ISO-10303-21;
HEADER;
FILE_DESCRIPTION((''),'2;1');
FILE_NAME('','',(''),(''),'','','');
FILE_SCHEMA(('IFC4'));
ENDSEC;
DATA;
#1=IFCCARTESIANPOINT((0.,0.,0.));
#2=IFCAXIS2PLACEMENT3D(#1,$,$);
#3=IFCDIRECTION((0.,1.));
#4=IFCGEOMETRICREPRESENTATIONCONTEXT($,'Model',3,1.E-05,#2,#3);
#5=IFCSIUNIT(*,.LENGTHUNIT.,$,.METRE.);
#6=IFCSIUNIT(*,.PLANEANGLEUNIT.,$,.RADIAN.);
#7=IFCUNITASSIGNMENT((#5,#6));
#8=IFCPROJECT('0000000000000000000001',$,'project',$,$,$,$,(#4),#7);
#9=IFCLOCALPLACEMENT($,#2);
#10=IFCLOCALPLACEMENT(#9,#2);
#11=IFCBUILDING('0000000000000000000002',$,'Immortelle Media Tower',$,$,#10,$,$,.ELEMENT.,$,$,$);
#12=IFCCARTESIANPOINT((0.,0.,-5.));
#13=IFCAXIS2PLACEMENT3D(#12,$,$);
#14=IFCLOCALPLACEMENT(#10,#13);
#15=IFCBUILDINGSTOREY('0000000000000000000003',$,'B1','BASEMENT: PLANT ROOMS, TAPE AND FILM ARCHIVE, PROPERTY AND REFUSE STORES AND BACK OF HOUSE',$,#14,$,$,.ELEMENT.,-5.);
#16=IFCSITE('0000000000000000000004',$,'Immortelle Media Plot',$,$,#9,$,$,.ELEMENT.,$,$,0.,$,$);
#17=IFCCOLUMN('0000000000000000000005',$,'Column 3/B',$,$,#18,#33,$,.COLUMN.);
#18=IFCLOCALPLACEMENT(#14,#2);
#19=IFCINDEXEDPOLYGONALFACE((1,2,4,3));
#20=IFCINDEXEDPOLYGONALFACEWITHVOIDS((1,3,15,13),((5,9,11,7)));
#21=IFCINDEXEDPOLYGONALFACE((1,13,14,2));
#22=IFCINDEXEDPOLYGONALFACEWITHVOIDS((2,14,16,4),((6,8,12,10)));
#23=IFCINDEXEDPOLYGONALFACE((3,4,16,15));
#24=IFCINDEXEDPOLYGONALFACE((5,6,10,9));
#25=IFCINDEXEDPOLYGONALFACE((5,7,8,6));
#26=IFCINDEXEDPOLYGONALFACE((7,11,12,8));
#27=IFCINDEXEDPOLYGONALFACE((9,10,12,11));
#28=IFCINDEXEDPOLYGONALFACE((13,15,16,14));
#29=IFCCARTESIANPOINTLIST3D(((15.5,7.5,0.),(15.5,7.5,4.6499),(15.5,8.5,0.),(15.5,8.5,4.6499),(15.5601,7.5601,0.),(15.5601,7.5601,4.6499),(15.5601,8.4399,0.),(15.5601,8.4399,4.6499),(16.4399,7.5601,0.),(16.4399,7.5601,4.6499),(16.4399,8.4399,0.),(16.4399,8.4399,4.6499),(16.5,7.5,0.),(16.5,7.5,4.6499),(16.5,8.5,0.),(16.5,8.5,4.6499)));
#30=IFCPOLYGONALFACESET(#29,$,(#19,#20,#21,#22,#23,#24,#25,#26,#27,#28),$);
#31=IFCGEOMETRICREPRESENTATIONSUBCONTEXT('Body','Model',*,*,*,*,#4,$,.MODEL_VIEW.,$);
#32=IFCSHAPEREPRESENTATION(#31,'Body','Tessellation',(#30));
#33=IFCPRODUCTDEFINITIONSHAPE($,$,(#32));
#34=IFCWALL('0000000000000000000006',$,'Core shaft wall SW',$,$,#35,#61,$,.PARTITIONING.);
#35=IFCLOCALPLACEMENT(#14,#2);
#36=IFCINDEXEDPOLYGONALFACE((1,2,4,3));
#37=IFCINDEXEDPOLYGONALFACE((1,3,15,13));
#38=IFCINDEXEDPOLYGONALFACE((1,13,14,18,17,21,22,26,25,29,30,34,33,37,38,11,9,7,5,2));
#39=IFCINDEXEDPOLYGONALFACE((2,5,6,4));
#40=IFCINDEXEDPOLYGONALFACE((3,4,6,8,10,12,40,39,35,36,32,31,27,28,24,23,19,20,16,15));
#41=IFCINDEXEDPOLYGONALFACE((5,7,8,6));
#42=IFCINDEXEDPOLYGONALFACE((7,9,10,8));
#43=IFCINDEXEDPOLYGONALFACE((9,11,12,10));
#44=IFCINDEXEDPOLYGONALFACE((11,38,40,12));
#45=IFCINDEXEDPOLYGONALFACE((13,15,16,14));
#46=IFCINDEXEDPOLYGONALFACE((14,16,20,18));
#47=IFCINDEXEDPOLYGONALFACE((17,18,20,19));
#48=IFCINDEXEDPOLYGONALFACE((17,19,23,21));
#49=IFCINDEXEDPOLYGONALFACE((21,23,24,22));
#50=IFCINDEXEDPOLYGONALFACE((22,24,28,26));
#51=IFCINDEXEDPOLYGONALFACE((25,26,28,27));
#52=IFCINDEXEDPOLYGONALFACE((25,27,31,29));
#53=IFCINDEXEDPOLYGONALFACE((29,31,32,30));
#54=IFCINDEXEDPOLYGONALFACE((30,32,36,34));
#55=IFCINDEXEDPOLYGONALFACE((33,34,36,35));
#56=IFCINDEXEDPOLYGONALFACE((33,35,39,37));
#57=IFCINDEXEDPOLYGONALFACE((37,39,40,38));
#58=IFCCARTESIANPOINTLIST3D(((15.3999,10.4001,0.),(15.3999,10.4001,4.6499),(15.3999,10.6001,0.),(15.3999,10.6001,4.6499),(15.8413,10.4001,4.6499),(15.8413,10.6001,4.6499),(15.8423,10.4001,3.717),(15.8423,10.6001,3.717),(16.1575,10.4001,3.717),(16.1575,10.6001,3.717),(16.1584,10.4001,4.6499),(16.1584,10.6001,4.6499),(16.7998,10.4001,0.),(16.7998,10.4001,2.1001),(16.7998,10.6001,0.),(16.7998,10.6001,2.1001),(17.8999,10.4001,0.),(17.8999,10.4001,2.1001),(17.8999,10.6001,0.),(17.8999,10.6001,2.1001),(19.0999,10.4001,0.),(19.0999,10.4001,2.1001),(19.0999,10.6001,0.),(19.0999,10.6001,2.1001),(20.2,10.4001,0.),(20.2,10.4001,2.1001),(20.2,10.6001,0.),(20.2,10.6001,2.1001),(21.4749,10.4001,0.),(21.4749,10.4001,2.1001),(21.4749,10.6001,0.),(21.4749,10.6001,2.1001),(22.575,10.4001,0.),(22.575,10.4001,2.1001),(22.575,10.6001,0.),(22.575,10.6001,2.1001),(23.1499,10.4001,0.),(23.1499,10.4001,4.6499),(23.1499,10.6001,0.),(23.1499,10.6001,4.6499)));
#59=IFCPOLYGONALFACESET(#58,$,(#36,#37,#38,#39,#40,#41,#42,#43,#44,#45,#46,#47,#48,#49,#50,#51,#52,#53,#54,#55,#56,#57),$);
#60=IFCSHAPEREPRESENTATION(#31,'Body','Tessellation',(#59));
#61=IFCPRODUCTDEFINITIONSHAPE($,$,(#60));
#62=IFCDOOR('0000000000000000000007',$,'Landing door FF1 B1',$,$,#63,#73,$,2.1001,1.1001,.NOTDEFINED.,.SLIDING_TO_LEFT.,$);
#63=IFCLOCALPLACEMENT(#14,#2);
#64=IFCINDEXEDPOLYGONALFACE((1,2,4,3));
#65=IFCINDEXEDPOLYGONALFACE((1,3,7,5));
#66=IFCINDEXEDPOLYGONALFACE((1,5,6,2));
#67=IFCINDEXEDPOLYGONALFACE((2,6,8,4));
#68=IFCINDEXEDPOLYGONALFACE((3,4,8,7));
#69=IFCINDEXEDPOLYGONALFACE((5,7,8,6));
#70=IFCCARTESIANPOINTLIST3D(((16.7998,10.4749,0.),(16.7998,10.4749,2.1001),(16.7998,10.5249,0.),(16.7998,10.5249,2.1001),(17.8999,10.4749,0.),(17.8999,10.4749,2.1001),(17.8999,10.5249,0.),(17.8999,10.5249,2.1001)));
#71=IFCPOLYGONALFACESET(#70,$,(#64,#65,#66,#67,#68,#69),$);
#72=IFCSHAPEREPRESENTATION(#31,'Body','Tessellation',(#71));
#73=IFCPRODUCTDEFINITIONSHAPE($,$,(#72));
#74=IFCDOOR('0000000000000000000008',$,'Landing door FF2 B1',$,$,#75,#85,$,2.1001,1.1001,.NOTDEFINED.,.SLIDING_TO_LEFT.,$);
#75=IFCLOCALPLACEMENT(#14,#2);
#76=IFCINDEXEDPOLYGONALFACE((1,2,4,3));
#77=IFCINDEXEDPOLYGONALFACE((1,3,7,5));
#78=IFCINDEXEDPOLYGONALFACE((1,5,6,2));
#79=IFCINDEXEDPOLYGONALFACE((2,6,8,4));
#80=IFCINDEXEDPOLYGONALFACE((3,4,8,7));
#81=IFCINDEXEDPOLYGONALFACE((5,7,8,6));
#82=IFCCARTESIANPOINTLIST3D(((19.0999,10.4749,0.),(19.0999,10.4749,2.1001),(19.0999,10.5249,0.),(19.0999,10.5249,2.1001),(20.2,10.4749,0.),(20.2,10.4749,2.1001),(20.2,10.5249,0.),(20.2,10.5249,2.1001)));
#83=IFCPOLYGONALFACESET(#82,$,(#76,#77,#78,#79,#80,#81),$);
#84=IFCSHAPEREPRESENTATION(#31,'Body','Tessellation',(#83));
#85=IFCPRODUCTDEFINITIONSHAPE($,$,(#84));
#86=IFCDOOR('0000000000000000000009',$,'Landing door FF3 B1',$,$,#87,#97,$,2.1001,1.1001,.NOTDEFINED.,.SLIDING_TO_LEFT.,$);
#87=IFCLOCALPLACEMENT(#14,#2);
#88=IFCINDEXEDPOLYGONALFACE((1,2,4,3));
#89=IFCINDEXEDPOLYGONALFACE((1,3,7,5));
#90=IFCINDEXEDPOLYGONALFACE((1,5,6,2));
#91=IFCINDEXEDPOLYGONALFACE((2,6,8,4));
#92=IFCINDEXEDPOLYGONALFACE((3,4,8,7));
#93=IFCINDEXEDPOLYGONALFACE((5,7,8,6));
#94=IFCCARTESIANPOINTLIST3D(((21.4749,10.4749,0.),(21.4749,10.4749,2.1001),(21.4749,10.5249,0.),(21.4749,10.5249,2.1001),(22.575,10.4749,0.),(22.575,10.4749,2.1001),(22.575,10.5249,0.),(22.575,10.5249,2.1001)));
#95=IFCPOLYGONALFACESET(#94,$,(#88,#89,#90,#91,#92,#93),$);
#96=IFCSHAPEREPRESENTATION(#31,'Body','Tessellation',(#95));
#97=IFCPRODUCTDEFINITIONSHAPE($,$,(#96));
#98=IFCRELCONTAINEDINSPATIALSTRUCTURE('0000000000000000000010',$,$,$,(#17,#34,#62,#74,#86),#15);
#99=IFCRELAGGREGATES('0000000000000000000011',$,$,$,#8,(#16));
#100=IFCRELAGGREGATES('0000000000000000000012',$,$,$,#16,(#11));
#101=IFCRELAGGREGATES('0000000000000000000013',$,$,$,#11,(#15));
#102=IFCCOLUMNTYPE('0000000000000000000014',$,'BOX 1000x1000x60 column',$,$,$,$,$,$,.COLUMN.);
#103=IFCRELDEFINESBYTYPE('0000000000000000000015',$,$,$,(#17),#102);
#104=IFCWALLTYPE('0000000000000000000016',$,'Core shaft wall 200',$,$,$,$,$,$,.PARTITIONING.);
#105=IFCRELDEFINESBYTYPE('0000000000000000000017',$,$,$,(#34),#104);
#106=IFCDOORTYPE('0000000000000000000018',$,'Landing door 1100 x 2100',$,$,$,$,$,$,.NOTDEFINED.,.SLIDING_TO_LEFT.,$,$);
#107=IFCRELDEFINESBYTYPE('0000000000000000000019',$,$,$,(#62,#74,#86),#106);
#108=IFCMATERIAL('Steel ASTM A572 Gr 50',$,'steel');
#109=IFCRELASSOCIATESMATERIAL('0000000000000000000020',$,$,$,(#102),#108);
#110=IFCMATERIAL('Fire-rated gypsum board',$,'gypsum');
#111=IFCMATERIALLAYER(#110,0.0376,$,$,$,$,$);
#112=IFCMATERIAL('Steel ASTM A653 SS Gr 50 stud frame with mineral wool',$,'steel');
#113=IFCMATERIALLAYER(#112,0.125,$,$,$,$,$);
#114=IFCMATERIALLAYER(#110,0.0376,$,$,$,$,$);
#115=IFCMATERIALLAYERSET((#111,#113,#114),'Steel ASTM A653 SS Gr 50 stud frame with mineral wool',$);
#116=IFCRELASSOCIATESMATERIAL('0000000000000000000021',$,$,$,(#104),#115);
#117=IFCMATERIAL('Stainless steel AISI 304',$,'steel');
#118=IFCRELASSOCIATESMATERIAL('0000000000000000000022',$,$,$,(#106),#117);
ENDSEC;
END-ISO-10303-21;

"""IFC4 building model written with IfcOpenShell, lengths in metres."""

from ifc_helpers import new_model, si_unit, direction, frame, frame_2d, origin, origin_2d, place, context, subcontext, project, spatial, polyline, rectangle, hollow_rectangle, outline, extrude, material, layer, layer_set, material_profile, profile_set, type_object, element, fill, save


model = new_model("IFC4")

# Units and contexts
model_context = context("Model", 3, precision=1e-05, world=origin(), true_north=direction((0.0, 1.0)))
body_context = subcontext(model_context, "Body", "Model", "MODEL_VIEW")
ifc_project = project(units=[si_unit("LENGTHUNIT", "METRE"), si_unit("PLANEANGLEUNIT", "RADIAN")], contexts=[model_context])

# Site, building, storey
site_placement = place(None, origin())
site = spatial("IfcSite", under=ifc_project, at=site_placement, Name="Immortelle Media Plot", CompositionType="ELEMENT", RefElevation=0.0)
building_placement = place(site_placement, origin())
building = spatial("IfcBuilding", under=site, at=building_placement, Name="Immortelle Media Tower", CompositionType="ELEMENT")
storey_placement = place(building_placement, frame((0.0, 0.0, -5.0)))
storey = spatial("IfcBuildingStorey", under=building, at=storey_placement, Name="B1", Description="BASEMENT: PLANT ROOMS, TAPE AND FILM ARCHIVE, PROPERTY AND REFUSE STORES AND BACK OF HOUSE", CompositionType="ELEMENT", Elevation=-5.0)

# Column
ifc_material_1 = material(Name="Steel ASTM A572 Gr 50", Category="steel")
ifc_material_profile_1 = material_profile(ifc_material_1, hollow_rectangle(XDim=1.0, YDim=1.0, WallThickness=0.0601, at=origin_2d()), Name="BOX 1000x1000x60 column")
ifc_profile_set_1 = profile_set([ifc_material_profile_1], Name="Steel ASTM A572 Gr 50")
column_type = type_object("IfcColumnType", Name="BOX 1000x1000x60 column", PredefinedType="COLUMN", material=ifc_profile_set_1)
column_placement = place(storey_placement, frame((16.0, 8.0, 0.0), z_axis=(0.0, 0.0, 1.0), x_axis=(1.0, 0.0, 0.0)))
element("IfcColumn", 1, at=column_placement, inside=storey, type_object=column_type, Name="Column 3/B", PredefinedType="COLUMN", context=body_context, shape_type="SweptSolid", body=[
    extrude(hollow_rectangle(XDim=1.0, YDim=1.0, WallThickness=0.0601, at=origin_2d()), origin(), (0.0, 0.0, 1.0), 4.6499),
])

# Wall, openings, doors
ifc_material_2 = material(Name="Fire-rated gypsum board", Category="gypsum")
ifc_layer_1 = layer(ifc_material_2, 0.0376)
ifc_material_3 = material(Name="Steel ASTM A653 SS Gr 50 stud frame with mineral wool", Category="steel")
ifc_layer_2 = layer(ifc_material_3, 0.125)
ifc_layer_3 = layer(ifc_material_2, 0.0376)
ifc_layer_set_1 = layer_set([ifc_layer_1, ifc_layer_2, ifc_layer_3], Name="Steel ASTM A653 SS Gr 50 stud frame with mineral wool")
wall_type_1 = type_object("IfcWallType", Name="Core shaft wall 200", PredefinedType="PARTITIONING", material=ifc_layer_set_1)
wall_1_placement = place(storey_placement, frame((15.3999, 10.5, 0.0), z_axis=(0.0, 0.0, 1.0), x_axis=(1.0, 0.0, 0.0)))
wall_1 = element("IfcWall", 2, at=wall_1_placement, inside=storey, type_object=wall_type_1, Name="Core shaft wall SW", PredefinedType="PARTITIONING", context=body_context, shape_type="SweptSolid", body=[
    extrude(outline(polyline([(0.0, 0.0), (7.75, 0.0), (7.75, 4.6499), (0.7585, 4.6499), (0.7576, 3.717), (0.4424, 3.717), (0.4414, 4.6499), (0.0, 4.6499), (0.0, 0.0)])), frame((0.0, 0.1001, 0.0), z_axis=(0.0, -1.0, 0.0), x_axis=(1.0, 0.0, 0.0)), (0.0, 0.0, 1.0), 0.2),
])
opening_1_placement = place(wall_1_placement, frame((1.3999, 0.0, 0.0)))
opening_1 = element("IfcOpeningElement", 3, at=opening_1_placement, cuts=wall_1, PredefinedType="OPENING", context=body_context, shape_type="SweptSolid", body=[
    extrude(rectangle(XDim=1.1001, YDim=2.1001, at=frame_2d((0.55, 1.05))), frame((0.0, 0.1099, 0.0), z_axis=(0.0, -1.0, 0.0), x_axis=(1.0, 0.0, 0.0)), (0.0, 0.0, 1.0), 0.22),
])
opening_2_placement = place(wall_1_placement, frame((3.7, 0.0, 0.0)))
opening_2 = element("IfcOpeningElement", 4, at=opening_2_placement, cuts=wall_1, PredefinedType="OPENING", context=body_context, shape_type="SweptSolid", body=[
    extrude(rectangle(XDim=1.1001, YDim=2.1001, at=frame_2d((0.55, 1.05))), frame((0.0, 0.1099, 0.0), z_axis=(0.0, -1.0, 0.0), x_axis=(1.0, 0.0, 0.0)), (0.0, 0.0, 1.0), 0.22),
])
opening_3_placement = place(wall_1_placement, frame((6.075, 0.0, 0.0)))
opening_3 = element("IfcOpeningElement", 5, at=opening_3_placement, cuts=wall_1, PredefinedType="OPENING", context=body_context, shape_type="SweptSolid", body=[
    extrude(rectangle(XDim=1.1001, YDim=2.1001, at=frame_2d((0.55, 1.05))), frame((0.0, 0.1099, 0.0), z_axis=(0.0, -1.0, 0.0), x_axis=(1.0, 0.0, 0.0)), (0.0, 0.0, 1.0), 0.22),
])
ifc_material_4 = material(Name="Stainless steel AISI 304", Category="steel")
door_type_1 = type_object("IfcDoorType", Name="Landing door 1100 x 2100", OperationType="SLIDING_TO_LEFT", PredefinedType="NOTDEFINED", material=ifc_material_4)
door_1_placement = place(opening_1_placement, origin())
door_1 = element("IfcDoor", 6, at=door_1_placement, inside=storey, type_object=door_type_1, Name="Landing door FF1 B1", OperationType="SLIDING_TO_LEFT", OverallHeight=2.1001, OverallWidth=1.1001, PredefinedType="NOTDEFINED", context=body_context, shape_type="SweptSolid", body=[
    extrude(rectangle(XDim=1.1001, YDim=2.1001, at=frame_2d((0.55, 1.05))), frame((0.0, 0.0249, 0.0), z_axis=(0.0, -1.0, 0.0), x_axis=(1.0, 0.0, 0.0)), (0.0, 0.0, 1.0), 0.05),
])
fill(opening_1, door_1)
door_2_placement = place(opening_2_placement, origin())
door_2 = element("IfcDoor", 7, at=door_2_placement, inside=storey, type_object=door_type_1, Name="Landing door FF2 B1", OperationType="SLIDING_TO_LEFT", OverallHeight=2.1001, OverallWidth=1.1001, PredefinedType="NOTDEFINED", context=body_context, shape_type="SweptSolid", body=[
    extrude(rectangle(XDim=1.1001, YDim=2.1001, at=frame_2d((0.55, 1.05))), frame((0.0, 0.0249, 0.0), z_axis=(0.0, -1.0, 0.0), x_axis=(1.0, 0.0, 0.0)), (0.0, 0.0, 1.0), 0.05),
])
fill(opening_2, door_2)
door_3_placement = place(opening_3_placement, origin())
door_3 = element("IfcDoor", 8, at=door_3_placement, inside=storey, type_object=door_type_1, Name="Landing door FF3 B1", OperationType="SLIDING_TO_LEFT", OverallHeight=2.1001, OverallWidth=1.1001, PredefinedType="NOTDEFINED", context=body_context, shape_type="SweptSolid", body=[
    extrude(rectangle(XDim=1.1001, YDim=2.1001, at=frame_2d((0.55, 1.05))), frame((0.0, 0.0249, 0.0), z_axis=(0.0, -1.0, 0.0), x_axis=(1.0, 0.0, 0.0)), (0.0, 0.0, 1.0), 0.05),
])
fill(opening_3, door_3)

save(model, "model.ifc")
